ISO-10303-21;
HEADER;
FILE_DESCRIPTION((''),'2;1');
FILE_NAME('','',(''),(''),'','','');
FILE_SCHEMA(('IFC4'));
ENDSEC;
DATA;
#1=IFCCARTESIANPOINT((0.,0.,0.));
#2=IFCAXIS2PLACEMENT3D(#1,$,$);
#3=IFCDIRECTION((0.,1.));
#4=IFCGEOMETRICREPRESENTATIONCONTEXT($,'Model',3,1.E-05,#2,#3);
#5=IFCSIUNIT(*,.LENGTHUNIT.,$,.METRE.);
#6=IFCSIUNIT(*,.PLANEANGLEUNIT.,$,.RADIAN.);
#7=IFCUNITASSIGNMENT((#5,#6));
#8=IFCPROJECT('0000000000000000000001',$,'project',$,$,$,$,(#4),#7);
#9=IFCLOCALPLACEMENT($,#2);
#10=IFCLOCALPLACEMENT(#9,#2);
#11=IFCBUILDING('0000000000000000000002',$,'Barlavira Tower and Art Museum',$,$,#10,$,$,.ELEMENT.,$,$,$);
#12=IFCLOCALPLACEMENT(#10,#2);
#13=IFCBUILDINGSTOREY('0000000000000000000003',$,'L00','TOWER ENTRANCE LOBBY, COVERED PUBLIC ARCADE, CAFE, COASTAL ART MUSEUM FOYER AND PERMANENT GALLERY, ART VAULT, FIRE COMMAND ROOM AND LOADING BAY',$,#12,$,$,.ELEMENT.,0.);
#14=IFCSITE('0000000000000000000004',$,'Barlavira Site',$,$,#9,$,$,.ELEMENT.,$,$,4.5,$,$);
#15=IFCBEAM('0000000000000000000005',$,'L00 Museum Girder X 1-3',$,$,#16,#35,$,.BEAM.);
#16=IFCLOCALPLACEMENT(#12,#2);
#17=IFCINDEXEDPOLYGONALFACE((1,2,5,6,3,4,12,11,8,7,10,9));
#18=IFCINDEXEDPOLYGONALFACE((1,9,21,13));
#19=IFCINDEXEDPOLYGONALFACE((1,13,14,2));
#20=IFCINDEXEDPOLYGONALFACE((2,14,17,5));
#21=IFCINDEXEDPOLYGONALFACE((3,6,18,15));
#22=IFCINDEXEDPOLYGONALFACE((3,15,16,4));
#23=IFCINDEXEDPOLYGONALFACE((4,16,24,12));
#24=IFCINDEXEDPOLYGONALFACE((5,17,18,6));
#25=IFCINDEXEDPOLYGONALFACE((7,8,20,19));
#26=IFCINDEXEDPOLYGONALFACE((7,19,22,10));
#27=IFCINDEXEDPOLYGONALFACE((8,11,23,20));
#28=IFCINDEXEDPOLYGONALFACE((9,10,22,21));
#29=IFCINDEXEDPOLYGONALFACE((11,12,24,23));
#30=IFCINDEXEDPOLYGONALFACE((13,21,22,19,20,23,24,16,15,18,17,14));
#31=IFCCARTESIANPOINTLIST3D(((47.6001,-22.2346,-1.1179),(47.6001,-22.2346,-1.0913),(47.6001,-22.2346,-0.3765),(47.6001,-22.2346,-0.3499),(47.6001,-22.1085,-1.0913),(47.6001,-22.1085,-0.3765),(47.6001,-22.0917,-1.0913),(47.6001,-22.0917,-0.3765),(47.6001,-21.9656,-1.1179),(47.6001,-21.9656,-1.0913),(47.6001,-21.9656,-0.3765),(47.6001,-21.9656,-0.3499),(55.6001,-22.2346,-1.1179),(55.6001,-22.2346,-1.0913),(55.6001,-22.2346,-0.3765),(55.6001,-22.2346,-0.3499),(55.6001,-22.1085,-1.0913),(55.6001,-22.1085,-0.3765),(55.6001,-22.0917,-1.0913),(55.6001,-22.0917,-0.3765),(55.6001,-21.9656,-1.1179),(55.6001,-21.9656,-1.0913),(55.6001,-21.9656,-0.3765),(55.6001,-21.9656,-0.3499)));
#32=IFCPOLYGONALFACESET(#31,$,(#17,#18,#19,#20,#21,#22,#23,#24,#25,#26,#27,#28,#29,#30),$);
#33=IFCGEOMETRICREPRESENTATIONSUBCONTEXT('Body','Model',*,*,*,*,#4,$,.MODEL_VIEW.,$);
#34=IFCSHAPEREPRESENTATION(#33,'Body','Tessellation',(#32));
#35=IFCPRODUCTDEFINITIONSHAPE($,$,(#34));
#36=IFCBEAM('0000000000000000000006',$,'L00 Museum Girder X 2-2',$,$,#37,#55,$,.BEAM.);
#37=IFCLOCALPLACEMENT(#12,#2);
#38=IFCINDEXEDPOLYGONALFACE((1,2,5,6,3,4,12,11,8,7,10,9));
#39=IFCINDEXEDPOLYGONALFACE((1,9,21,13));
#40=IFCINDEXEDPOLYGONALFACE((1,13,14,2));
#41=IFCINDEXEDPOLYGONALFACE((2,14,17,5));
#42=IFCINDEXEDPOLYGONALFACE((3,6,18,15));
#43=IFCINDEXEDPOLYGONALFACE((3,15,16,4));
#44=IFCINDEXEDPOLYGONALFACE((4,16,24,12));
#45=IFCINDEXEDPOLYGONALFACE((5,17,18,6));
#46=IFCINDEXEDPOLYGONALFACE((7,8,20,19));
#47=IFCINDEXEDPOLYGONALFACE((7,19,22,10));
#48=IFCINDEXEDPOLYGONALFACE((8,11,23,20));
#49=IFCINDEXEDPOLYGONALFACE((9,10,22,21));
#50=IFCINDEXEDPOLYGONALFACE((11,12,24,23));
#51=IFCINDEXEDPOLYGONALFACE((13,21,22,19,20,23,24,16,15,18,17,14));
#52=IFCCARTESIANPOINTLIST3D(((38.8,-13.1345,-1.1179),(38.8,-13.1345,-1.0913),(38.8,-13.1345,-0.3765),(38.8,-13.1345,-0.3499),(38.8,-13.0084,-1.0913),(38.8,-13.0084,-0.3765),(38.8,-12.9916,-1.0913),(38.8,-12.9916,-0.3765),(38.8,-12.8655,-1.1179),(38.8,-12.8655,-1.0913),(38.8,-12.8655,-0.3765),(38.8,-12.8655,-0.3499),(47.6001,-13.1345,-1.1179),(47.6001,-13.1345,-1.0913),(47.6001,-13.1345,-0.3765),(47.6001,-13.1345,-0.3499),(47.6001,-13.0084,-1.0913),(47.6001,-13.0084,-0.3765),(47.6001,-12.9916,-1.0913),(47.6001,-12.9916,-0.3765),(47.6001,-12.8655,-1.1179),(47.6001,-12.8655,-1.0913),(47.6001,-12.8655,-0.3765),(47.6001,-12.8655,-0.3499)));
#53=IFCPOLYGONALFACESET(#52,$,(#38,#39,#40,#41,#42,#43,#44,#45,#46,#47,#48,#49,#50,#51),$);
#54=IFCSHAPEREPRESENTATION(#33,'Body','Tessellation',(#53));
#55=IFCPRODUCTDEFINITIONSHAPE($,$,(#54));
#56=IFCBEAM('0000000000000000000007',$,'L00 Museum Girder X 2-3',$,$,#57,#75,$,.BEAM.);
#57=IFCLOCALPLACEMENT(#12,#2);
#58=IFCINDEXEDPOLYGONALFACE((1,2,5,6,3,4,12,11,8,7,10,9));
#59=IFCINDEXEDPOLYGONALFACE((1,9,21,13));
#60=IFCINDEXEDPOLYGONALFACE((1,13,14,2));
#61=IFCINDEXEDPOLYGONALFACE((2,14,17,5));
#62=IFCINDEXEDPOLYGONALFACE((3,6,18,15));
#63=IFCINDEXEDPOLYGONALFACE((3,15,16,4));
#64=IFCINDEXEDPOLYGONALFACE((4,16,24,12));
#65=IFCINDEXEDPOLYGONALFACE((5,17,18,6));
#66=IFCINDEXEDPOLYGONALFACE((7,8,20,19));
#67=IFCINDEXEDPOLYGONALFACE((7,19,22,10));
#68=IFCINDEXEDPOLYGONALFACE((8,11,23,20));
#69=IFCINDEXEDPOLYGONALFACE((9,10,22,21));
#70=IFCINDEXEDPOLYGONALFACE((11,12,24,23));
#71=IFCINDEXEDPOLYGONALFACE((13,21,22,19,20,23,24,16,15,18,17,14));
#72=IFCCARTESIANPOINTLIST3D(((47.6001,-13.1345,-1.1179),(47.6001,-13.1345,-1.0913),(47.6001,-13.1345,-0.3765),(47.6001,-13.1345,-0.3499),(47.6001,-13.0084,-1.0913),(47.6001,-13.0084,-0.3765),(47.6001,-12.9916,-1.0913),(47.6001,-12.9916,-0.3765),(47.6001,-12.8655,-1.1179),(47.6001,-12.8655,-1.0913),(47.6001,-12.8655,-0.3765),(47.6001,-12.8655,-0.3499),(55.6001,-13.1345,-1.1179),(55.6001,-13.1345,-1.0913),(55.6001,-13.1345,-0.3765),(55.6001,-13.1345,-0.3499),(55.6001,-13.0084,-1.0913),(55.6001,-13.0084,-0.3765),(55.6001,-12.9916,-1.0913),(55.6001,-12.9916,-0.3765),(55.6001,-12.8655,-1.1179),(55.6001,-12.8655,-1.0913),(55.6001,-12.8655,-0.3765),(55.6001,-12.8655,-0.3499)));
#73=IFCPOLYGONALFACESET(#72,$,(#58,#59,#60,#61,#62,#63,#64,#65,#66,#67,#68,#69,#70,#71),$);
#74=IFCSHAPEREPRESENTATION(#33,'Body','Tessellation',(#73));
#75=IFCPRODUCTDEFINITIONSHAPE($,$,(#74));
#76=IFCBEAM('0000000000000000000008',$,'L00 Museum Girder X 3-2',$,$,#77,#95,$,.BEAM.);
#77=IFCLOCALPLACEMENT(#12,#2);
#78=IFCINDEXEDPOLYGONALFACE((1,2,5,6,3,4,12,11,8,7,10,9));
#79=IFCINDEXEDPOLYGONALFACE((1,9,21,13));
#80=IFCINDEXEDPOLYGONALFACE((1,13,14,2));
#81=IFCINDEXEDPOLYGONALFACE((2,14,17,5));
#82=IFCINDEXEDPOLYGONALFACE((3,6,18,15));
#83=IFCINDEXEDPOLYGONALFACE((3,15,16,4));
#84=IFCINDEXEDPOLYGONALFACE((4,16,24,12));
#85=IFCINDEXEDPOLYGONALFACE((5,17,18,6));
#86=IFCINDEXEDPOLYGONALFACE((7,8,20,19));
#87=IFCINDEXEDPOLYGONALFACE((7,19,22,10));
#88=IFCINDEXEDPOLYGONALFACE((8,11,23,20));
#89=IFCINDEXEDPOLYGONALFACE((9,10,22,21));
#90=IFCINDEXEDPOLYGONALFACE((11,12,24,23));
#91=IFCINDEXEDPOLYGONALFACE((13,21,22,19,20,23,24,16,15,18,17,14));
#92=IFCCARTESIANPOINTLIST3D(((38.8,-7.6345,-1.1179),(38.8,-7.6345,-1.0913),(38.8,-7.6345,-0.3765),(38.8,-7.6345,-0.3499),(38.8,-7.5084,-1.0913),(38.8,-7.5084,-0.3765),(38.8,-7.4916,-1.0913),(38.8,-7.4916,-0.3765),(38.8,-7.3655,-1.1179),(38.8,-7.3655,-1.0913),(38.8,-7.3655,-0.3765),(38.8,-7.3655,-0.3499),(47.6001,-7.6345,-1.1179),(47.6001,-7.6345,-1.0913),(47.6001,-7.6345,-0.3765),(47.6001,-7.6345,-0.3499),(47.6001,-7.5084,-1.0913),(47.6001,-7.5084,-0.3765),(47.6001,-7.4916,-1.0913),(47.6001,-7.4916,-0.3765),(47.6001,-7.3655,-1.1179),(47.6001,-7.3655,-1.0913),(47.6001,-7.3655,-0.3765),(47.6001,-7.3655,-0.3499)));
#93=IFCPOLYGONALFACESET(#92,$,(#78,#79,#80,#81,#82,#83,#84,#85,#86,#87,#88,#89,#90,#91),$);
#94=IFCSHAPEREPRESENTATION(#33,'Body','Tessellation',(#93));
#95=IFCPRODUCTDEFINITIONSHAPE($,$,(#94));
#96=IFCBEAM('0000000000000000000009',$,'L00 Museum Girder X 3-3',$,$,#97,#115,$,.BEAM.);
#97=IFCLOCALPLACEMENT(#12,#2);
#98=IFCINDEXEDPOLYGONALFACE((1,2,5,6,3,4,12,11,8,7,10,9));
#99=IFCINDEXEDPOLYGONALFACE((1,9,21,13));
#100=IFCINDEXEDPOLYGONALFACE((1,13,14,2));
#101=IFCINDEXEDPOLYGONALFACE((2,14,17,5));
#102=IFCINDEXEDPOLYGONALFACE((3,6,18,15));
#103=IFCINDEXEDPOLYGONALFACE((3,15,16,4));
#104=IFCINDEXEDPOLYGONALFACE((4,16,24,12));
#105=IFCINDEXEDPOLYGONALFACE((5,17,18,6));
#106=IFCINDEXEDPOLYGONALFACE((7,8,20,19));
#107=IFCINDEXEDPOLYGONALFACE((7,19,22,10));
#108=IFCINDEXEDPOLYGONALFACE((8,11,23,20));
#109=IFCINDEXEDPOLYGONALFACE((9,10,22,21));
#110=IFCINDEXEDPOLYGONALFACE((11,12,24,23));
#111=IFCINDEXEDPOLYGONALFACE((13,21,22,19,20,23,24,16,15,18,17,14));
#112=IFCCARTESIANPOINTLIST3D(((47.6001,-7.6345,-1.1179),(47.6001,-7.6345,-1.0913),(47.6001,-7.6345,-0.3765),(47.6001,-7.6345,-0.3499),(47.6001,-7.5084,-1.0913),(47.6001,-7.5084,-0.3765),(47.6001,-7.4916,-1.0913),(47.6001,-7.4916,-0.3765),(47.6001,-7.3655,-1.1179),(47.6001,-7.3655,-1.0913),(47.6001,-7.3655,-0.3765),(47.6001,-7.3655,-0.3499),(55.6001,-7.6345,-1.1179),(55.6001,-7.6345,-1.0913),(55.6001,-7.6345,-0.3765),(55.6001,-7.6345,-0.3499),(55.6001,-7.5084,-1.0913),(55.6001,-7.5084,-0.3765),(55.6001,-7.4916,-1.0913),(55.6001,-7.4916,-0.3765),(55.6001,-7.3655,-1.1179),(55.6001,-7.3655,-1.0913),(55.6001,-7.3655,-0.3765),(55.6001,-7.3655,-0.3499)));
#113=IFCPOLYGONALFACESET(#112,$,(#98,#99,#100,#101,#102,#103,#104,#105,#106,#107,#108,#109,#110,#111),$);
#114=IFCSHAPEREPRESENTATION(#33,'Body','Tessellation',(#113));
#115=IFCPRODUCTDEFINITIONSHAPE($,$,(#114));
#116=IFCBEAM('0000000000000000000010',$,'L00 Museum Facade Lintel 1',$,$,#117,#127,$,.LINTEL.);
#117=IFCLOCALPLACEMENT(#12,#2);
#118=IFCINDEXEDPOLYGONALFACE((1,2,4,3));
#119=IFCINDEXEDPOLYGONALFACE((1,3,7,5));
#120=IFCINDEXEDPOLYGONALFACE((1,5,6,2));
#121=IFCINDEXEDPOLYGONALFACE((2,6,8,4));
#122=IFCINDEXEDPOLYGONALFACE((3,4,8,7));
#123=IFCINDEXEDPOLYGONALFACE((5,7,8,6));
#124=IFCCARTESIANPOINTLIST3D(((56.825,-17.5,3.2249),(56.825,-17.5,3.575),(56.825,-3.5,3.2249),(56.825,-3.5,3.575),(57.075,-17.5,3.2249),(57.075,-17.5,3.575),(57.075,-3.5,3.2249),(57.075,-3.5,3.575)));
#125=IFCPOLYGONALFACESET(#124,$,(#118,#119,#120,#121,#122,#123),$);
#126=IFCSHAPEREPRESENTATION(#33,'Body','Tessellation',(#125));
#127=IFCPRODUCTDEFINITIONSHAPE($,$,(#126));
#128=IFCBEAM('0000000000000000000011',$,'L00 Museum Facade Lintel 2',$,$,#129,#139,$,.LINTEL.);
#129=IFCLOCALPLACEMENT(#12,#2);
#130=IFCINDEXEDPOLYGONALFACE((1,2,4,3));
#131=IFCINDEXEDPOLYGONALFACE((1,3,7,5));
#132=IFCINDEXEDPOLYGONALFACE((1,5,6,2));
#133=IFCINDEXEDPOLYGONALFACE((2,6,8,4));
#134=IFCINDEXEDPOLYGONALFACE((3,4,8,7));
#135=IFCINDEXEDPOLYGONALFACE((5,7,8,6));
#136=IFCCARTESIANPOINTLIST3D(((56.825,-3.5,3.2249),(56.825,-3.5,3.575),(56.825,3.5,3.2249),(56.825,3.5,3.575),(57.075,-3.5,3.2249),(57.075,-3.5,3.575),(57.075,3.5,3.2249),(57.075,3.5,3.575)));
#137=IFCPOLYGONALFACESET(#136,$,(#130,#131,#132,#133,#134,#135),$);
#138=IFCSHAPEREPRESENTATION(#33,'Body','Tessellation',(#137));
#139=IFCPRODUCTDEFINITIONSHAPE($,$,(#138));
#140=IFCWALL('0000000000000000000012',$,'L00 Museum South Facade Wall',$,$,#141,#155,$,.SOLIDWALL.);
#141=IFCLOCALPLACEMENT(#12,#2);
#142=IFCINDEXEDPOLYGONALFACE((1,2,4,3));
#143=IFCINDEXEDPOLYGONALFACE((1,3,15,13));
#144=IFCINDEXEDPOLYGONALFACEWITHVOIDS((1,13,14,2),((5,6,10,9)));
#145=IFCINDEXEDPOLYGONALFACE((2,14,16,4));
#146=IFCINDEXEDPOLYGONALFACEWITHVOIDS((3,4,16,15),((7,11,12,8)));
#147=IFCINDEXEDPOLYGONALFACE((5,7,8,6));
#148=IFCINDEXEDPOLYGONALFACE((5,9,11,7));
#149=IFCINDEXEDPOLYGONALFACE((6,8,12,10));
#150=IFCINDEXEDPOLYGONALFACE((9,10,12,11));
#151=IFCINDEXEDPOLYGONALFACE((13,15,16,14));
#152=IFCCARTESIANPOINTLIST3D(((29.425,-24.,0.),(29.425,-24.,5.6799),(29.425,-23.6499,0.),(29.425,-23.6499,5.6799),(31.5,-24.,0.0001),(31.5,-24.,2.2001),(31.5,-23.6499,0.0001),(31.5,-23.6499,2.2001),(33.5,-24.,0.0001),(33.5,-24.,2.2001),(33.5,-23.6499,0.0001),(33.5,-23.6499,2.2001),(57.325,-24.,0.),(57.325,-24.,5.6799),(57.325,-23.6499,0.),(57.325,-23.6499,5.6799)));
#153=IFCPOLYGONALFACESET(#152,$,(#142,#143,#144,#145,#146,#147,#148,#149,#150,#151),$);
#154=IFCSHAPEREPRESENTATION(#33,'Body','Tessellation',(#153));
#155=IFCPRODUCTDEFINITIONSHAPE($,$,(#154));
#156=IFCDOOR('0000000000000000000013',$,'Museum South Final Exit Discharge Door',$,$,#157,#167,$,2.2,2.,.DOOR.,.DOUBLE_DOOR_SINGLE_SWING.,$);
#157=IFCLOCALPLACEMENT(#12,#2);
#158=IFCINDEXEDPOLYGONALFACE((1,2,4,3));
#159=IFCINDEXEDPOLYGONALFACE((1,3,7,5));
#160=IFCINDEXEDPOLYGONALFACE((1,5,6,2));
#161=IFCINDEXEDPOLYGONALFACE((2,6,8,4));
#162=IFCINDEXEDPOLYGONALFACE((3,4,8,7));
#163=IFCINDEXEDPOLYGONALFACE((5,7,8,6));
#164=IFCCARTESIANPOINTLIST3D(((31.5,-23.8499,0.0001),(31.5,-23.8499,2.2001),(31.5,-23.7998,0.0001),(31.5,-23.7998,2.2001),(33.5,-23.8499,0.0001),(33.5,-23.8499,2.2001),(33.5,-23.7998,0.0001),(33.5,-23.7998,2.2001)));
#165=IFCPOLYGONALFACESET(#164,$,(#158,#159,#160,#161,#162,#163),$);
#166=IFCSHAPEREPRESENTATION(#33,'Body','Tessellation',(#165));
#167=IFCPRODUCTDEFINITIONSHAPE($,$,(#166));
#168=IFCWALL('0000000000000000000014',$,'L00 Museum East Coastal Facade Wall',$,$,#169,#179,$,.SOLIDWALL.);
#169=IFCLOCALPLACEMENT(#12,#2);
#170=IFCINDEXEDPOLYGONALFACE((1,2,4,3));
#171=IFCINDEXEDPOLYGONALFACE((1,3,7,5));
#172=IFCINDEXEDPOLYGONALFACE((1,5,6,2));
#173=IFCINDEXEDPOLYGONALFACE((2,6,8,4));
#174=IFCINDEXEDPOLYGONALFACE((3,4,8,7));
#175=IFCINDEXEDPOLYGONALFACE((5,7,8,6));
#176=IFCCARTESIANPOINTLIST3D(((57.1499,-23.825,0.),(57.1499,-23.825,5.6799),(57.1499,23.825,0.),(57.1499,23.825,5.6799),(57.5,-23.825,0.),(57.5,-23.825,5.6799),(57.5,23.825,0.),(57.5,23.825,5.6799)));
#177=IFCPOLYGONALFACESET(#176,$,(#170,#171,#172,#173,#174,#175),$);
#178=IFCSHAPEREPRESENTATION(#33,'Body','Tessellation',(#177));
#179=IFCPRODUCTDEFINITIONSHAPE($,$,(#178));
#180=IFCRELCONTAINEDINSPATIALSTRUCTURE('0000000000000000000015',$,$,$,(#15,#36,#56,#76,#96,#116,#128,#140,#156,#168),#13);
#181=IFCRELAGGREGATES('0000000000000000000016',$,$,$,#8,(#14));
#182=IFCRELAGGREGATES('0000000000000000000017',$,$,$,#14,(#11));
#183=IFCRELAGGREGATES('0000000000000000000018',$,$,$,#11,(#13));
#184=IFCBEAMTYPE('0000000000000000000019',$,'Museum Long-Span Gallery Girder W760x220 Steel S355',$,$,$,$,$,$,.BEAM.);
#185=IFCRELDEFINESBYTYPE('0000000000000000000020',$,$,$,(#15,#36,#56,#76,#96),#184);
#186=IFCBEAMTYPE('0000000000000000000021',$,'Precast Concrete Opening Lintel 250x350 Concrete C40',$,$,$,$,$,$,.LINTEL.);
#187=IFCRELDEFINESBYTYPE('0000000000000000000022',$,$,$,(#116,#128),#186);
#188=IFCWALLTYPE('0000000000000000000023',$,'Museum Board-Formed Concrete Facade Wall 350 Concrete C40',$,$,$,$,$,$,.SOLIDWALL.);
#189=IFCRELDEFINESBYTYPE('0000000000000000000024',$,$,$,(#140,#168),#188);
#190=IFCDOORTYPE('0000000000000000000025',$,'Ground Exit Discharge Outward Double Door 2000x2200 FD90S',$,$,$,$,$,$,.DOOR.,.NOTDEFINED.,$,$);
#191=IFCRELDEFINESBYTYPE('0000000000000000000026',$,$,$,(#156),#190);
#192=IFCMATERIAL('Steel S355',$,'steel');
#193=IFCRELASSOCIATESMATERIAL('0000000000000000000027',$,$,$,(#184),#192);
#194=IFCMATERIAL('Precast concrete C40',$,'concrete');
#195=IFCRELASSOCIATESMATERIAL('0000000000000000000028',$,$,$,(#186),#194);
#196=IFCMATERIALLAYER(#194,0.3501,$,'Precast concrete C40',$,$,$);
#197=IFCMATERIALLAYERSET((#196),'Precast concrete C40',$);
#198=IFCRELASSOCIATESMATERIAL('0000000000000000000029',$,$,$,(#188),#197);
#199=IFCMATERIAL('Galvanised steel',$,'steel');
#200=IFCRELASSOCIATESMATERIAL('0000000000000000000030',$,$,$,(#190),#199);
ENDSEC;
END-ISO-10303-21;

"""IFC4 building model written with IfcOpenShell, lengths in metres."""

from ifc_helpers import new_model, si_unit, direction, frame, frame_2d, origin, origin_2d, place, context, subcontext, project, spatial, rectangle, i_section, extrude, material, layer, layer_set, material_profile, profile_set, type_object, element, fill, save


model = new_model("IFC4")

# Units and contexts
model_context = context("Model", 3, precision=1e-05, world=origin(), true_north=direction((0.0, 1.0)))
body_context = subcontext(model_context, "Body", "Model", "MODEL_VIEW")
ifc_project = project(units=[si_unit("LENGTHUNIT", "METRE"), si_unit("PLANEANGLEUNIT", "RADIAN")], contexts=[model_context])

# Site, building, storey
site_placement = place(None, origin())
site = spatial("IfcSite", under=ifc_project, at=site_placement, Name="Barlavira Site", CompositionType="ELEMENT", RefElevation=4.5)
building_placement = place(site_placement, origin())
building = spatial("IfcBuilding", under=site, at=building_placement, Name="Barlavira Tower and Art Museum", CompositionType="ELEMENT")
storey_placement = place(building_placement, origin())
storey = spatial("IfcBuildingStorey", under=building, at=storey_placement, Name="L00", Description="TOWER ENTRANCE LOBBY, COVERED PUBLIC ARCADE, CAFE, COASTAL ART MUSEUM FOYER AND PERMANENT GALLERY, ART VAULT, FIRE COMMAND ROOM AND LOADING BAY", CompositionType="ELEMENT", Elevation=0.0)

# Beams
ifc_material_1 = material(Name="Steel S355", Category="steel")
ifc_material_profile_1 = material_profile(ifc_material_1, i_section(OverallWidth=0.269, OverallDepth=0.7681, WebThickness=0.0168, FlangeThickness=0.0266, at=origin_2d()), Name="W760x220.0")
ifc_profile_set_1 = profile_set([ifc_material_profile_1], Name="Steel S355")
beam_type_1 = type_object("IfcBeamType", Name="Museum Long-Span Gallery Girder W760x220 Steel S355", PredefinedType="BEAM", material=ifc_profile_set_1)
beam_1_placement = place(storey_placement, frame((47.6001, -22.1001, -0.7339), z_axis=(1.0, 0.0, 0.0), x_axis=(0.0, 1.0, 0.0)))
element("IfcBeam", 1, at=beam_1_placement, inside=storey, type_object=beam_type_1, Name="L00 Museum Girder X 1-3", PredefinedType="BEAM", context=body_context, shape_type="SweptSolid", body=[
    extrude(i_section(OverallWidth=0.269, OverallDepth=0.7681, WebThickness=0.0168, FlangeThickness=0.0266, at=origin_2d()), origin(), (0.0, 0.0, 1.0), 8.0),
])
beam_2_placement = place(storey_placement, frame((38.8, -13.0, -0.7339), z_axis=(1.0, 0.0, 0.0), x_axis=(0.0, 1.0, 0.0)))
element("IfcBeam", 2, at=beam_2_placement, inside=storey, type_object=beam_type_1, Name="L00 Museum Girder X 2-2", PredefinedType="BEAM", context=body_context, shape_type="SweptSolid", body=[
    extrude(i_section(OverallWidth=0.269, OverallDepth=0.7681, WebThickness=0.0168, FlangeThickness=0.0266, at=origin_2d()), origin(), (0.0, 0.0, 1.0), 8.8),
])
beam_3_placement = place(storey_placement, frame((47.6001, -13.0, -0.7339), z_axis=(1.0, 0.0, 0.0), x_axis=(0.0, 1.0, 0.0)))
element("IfcBeam", 3, at=beam_3_placement, inside=storey, type_object=beam_type_1, Name="L00 Museum Girder X 2-3", PredefinedType="BEAM", context=body_context, shape_type="SweptSolid", body=[
    extrude(i_section(OverallWidth=0.269, OverallDepth=0.7681, WebThickness=0.0168, FlangeThickness=0.0266, at=origin_2d()), origin(), (0.0, 0.0, 1.0), 8.0),
])
beam_4_placement = place(storey_placement, frame((38.8, -7.5, -0.7339), z_axis=(1.0, 0.0, 0.0), x_axis=(0.0, 1.0, 0.0)))
element("IfcBeam", 4, at=beam_4_placement, inside=storey, type_object=beam_type_1, Name="L00 Museum Girder X 3-2", PredefinedType="BEAM", context=body_context, shape_type="SweptSolid", body=[
    extrude(i_section(OverallWidth=0.269, OverallDepth=0.7681, WebThickness=0.0168, FlangeThickness=0.0266, at=origin_2d()), origin(), (0.0, 0.0, 1.0), 8.8),
])
beam_5_placement = place(storey_placement, frame((47.6001, -7.5, -0.7339), z_axis=(1.0, 0.0, 0.0), x_axis=(0.0, 1.0, 0.0)))
element("IfcBeam", 5, at=beam_5_placement, inside=storey, type_object=beam_type_1, Name="L00 Museum Girder X 3-3", PredefinedType="BEAM", context=body_context, shape_type="SweptSolid", body=[
    extrude(i_section(OverallWidth=0.269, OverallDepth=0.7681, WebThickness=0.0168, FlangeThickness=0.0266, at=origin_2d()), origin(), (0.0, 0.0, 1.0), 8.0),
])
ifc_material_2 = material(Name="Precast concrete C40", Category="concrete")
ifc_material_profile_2 = material_profile(ifc_material_2, rectangle(XDim=0.25, YDim=0.3501, at=origin_2d()), Name="RC-LNT 250x350")
ifc_profile_set_2 = profile_set([ifc_material_profile_2], Name="Precast concrete C40")
beam_type_2 = type_object("IfcBeamType", Name="Precast Concrete Opening Lintel 250x350 Concrete C40", PredefinedType="LINTEL", material=ifc_profile_set_2)
beam_6_placement = place(storey_placement, frame((56.95, -17.5, 3.3999), z_axis=(0.0, 1.0, 0.0), x_axis=(-1.0, 0.0, 0.0)))
element("IfcBeam", 6, at=beam_6_placement, inside=storey, type_object=beam_type_2, Name="L00 Museum Facade Lintel 1", PredefinedType="LINTEL", context=body_context, shape_type="SweptSolid", body=[
    extrude(rectangle(XDim=0.25, YDim=0.3501, at=origin_2d()), origin(), (0.0, 0.0, 1.0), 14.0),
])
beam_7_placement = place(storey_placement, frame((56.95, -3.5, 3.3999), z_axis=(0.0, 1.0, 0.0), x_axis=(-1.0, 0.0, 0.0)))
element("IfcBeam", 7, at=beam_7_placement, inside=storey, type_object=beam_type_2, Name="L00 Museum Facade Lintel 2", PredefinedType="LINTEL", context=body_context, shape_type="SweptSolid", body=[
    extrude(rectangle(XDim=0.25, YDim=0.3501, at=origin_2d()), origin(), (0.0, 0.0, 1.0), 7.0),
])

# Wall, opening, door
ifc_layer = layer(ifc_material_2, 0.3501, Name="Precast concrete C40")
ifc_layer_set = layer_set([ifc_layer], Name="Precast concrete C40")
wall_type = type_object("IfcWallType", Name="Museum Board-Formed Concrete Facade Wall 350 Concrete C40", PredefinedType="SOLIDWALL", material=ifc_layer_set)
wall_1_placement = place(storey_placement, frame((57.325, -23.825, 0.0), z_axis=(0.0, 0.0, 1.0), x_axis=(-1.0, 0.0, 0.0)))
wall_1 = element("IfcWall", 8, at=wall_1_placement, inside=storey, type_object=wall_type, Name="L00 Museum South Facade Wall", PredefinedType="SOLIDWALL", context=body_context, shape_type="SweptSolid", body=[
    extrude(rectangle(XDim=27.8999, YDim=0.3501, at=frame_2d((13.95, 0.0))), origin(), (0.0, 0.0, 1.0), 5.6799),
])
opening_placement = place(wall_1_placement, frame((23.825, 0.0, 0.0)))
opening = element("IfcOpeningElement", 9, at=opening_placement, cuts=wall_1, PredefinedType="OPENING", context=body_context, shape_type="SweptSolid", body=[
    extrude(rectangle(XDim=2.0, YDim=2.2, at=frame_2d((1.0, 1.1001))), frame((0.0, 0.1851, 0.0), z_axis=(0.0, -1.0, 0.0), x_axis=(1.0, 0.0, 0.0)), (0.0, 0.0, 1.0), 0.3701),
])
ifc_material_3 = material(Name="Galvanised steel", Category="steel")
door_type = type_object("IfcDoorType", Name="Ground Exit Discharge Outward Double Door 2000x2200 FD90S", OperationType="NOTDEFINED", PredefinedType="DOOR", material=ifc_material_3)
door_placement = place(opening_placement, origin())
door = element("IfcDoor", 10, at=door_placement, inside=storey, type_object=door_type, Name="Museum South Final Exit Discharge Door", OperationType="DOUBLE_DOOR_SINGLE_SWING", OverallHeight=2.2, OverallWidth=2.0, PredefinedType="DOOR", context=body_context, shape_type="SweptSolid", body=[
    extrude(rectangle(XDim=2.0, YDim=2.2, at=frame_2d((1.0, 1.1001))), frame((0.0, 0.0249, 0.0), z_axis=(0.0, -1.0, 0.0), x_axis=(1.0, 0.0, 0.0)), (0.0, 0.0, 1.0), 0.05),
])
fill(opening, door)

# Wall
wall_2_placement = place(storey_placement, frame((57.325, -23.825, 0.0), z_axis=(0.0, 0.0, 1.0), x_axis=(0.0, 1.0, 0.0)))
element("IfcWall", 11, at=wall_2_placement, inside=storey, type_object=wall_type, Name="L00 Museum East Coastal Facade Wall", PredefinedType="SOLIDWALL", context=body_context, shape_type="SweptSolid", body=[
    extrude(rectangle(XDim=47.6499, YDim=0.3501, at=frame_2d((23.825, 0.0))), origin(), (0.0, 0.0, 1.0), 5.6799),
])

save(model, "model.ifc")
